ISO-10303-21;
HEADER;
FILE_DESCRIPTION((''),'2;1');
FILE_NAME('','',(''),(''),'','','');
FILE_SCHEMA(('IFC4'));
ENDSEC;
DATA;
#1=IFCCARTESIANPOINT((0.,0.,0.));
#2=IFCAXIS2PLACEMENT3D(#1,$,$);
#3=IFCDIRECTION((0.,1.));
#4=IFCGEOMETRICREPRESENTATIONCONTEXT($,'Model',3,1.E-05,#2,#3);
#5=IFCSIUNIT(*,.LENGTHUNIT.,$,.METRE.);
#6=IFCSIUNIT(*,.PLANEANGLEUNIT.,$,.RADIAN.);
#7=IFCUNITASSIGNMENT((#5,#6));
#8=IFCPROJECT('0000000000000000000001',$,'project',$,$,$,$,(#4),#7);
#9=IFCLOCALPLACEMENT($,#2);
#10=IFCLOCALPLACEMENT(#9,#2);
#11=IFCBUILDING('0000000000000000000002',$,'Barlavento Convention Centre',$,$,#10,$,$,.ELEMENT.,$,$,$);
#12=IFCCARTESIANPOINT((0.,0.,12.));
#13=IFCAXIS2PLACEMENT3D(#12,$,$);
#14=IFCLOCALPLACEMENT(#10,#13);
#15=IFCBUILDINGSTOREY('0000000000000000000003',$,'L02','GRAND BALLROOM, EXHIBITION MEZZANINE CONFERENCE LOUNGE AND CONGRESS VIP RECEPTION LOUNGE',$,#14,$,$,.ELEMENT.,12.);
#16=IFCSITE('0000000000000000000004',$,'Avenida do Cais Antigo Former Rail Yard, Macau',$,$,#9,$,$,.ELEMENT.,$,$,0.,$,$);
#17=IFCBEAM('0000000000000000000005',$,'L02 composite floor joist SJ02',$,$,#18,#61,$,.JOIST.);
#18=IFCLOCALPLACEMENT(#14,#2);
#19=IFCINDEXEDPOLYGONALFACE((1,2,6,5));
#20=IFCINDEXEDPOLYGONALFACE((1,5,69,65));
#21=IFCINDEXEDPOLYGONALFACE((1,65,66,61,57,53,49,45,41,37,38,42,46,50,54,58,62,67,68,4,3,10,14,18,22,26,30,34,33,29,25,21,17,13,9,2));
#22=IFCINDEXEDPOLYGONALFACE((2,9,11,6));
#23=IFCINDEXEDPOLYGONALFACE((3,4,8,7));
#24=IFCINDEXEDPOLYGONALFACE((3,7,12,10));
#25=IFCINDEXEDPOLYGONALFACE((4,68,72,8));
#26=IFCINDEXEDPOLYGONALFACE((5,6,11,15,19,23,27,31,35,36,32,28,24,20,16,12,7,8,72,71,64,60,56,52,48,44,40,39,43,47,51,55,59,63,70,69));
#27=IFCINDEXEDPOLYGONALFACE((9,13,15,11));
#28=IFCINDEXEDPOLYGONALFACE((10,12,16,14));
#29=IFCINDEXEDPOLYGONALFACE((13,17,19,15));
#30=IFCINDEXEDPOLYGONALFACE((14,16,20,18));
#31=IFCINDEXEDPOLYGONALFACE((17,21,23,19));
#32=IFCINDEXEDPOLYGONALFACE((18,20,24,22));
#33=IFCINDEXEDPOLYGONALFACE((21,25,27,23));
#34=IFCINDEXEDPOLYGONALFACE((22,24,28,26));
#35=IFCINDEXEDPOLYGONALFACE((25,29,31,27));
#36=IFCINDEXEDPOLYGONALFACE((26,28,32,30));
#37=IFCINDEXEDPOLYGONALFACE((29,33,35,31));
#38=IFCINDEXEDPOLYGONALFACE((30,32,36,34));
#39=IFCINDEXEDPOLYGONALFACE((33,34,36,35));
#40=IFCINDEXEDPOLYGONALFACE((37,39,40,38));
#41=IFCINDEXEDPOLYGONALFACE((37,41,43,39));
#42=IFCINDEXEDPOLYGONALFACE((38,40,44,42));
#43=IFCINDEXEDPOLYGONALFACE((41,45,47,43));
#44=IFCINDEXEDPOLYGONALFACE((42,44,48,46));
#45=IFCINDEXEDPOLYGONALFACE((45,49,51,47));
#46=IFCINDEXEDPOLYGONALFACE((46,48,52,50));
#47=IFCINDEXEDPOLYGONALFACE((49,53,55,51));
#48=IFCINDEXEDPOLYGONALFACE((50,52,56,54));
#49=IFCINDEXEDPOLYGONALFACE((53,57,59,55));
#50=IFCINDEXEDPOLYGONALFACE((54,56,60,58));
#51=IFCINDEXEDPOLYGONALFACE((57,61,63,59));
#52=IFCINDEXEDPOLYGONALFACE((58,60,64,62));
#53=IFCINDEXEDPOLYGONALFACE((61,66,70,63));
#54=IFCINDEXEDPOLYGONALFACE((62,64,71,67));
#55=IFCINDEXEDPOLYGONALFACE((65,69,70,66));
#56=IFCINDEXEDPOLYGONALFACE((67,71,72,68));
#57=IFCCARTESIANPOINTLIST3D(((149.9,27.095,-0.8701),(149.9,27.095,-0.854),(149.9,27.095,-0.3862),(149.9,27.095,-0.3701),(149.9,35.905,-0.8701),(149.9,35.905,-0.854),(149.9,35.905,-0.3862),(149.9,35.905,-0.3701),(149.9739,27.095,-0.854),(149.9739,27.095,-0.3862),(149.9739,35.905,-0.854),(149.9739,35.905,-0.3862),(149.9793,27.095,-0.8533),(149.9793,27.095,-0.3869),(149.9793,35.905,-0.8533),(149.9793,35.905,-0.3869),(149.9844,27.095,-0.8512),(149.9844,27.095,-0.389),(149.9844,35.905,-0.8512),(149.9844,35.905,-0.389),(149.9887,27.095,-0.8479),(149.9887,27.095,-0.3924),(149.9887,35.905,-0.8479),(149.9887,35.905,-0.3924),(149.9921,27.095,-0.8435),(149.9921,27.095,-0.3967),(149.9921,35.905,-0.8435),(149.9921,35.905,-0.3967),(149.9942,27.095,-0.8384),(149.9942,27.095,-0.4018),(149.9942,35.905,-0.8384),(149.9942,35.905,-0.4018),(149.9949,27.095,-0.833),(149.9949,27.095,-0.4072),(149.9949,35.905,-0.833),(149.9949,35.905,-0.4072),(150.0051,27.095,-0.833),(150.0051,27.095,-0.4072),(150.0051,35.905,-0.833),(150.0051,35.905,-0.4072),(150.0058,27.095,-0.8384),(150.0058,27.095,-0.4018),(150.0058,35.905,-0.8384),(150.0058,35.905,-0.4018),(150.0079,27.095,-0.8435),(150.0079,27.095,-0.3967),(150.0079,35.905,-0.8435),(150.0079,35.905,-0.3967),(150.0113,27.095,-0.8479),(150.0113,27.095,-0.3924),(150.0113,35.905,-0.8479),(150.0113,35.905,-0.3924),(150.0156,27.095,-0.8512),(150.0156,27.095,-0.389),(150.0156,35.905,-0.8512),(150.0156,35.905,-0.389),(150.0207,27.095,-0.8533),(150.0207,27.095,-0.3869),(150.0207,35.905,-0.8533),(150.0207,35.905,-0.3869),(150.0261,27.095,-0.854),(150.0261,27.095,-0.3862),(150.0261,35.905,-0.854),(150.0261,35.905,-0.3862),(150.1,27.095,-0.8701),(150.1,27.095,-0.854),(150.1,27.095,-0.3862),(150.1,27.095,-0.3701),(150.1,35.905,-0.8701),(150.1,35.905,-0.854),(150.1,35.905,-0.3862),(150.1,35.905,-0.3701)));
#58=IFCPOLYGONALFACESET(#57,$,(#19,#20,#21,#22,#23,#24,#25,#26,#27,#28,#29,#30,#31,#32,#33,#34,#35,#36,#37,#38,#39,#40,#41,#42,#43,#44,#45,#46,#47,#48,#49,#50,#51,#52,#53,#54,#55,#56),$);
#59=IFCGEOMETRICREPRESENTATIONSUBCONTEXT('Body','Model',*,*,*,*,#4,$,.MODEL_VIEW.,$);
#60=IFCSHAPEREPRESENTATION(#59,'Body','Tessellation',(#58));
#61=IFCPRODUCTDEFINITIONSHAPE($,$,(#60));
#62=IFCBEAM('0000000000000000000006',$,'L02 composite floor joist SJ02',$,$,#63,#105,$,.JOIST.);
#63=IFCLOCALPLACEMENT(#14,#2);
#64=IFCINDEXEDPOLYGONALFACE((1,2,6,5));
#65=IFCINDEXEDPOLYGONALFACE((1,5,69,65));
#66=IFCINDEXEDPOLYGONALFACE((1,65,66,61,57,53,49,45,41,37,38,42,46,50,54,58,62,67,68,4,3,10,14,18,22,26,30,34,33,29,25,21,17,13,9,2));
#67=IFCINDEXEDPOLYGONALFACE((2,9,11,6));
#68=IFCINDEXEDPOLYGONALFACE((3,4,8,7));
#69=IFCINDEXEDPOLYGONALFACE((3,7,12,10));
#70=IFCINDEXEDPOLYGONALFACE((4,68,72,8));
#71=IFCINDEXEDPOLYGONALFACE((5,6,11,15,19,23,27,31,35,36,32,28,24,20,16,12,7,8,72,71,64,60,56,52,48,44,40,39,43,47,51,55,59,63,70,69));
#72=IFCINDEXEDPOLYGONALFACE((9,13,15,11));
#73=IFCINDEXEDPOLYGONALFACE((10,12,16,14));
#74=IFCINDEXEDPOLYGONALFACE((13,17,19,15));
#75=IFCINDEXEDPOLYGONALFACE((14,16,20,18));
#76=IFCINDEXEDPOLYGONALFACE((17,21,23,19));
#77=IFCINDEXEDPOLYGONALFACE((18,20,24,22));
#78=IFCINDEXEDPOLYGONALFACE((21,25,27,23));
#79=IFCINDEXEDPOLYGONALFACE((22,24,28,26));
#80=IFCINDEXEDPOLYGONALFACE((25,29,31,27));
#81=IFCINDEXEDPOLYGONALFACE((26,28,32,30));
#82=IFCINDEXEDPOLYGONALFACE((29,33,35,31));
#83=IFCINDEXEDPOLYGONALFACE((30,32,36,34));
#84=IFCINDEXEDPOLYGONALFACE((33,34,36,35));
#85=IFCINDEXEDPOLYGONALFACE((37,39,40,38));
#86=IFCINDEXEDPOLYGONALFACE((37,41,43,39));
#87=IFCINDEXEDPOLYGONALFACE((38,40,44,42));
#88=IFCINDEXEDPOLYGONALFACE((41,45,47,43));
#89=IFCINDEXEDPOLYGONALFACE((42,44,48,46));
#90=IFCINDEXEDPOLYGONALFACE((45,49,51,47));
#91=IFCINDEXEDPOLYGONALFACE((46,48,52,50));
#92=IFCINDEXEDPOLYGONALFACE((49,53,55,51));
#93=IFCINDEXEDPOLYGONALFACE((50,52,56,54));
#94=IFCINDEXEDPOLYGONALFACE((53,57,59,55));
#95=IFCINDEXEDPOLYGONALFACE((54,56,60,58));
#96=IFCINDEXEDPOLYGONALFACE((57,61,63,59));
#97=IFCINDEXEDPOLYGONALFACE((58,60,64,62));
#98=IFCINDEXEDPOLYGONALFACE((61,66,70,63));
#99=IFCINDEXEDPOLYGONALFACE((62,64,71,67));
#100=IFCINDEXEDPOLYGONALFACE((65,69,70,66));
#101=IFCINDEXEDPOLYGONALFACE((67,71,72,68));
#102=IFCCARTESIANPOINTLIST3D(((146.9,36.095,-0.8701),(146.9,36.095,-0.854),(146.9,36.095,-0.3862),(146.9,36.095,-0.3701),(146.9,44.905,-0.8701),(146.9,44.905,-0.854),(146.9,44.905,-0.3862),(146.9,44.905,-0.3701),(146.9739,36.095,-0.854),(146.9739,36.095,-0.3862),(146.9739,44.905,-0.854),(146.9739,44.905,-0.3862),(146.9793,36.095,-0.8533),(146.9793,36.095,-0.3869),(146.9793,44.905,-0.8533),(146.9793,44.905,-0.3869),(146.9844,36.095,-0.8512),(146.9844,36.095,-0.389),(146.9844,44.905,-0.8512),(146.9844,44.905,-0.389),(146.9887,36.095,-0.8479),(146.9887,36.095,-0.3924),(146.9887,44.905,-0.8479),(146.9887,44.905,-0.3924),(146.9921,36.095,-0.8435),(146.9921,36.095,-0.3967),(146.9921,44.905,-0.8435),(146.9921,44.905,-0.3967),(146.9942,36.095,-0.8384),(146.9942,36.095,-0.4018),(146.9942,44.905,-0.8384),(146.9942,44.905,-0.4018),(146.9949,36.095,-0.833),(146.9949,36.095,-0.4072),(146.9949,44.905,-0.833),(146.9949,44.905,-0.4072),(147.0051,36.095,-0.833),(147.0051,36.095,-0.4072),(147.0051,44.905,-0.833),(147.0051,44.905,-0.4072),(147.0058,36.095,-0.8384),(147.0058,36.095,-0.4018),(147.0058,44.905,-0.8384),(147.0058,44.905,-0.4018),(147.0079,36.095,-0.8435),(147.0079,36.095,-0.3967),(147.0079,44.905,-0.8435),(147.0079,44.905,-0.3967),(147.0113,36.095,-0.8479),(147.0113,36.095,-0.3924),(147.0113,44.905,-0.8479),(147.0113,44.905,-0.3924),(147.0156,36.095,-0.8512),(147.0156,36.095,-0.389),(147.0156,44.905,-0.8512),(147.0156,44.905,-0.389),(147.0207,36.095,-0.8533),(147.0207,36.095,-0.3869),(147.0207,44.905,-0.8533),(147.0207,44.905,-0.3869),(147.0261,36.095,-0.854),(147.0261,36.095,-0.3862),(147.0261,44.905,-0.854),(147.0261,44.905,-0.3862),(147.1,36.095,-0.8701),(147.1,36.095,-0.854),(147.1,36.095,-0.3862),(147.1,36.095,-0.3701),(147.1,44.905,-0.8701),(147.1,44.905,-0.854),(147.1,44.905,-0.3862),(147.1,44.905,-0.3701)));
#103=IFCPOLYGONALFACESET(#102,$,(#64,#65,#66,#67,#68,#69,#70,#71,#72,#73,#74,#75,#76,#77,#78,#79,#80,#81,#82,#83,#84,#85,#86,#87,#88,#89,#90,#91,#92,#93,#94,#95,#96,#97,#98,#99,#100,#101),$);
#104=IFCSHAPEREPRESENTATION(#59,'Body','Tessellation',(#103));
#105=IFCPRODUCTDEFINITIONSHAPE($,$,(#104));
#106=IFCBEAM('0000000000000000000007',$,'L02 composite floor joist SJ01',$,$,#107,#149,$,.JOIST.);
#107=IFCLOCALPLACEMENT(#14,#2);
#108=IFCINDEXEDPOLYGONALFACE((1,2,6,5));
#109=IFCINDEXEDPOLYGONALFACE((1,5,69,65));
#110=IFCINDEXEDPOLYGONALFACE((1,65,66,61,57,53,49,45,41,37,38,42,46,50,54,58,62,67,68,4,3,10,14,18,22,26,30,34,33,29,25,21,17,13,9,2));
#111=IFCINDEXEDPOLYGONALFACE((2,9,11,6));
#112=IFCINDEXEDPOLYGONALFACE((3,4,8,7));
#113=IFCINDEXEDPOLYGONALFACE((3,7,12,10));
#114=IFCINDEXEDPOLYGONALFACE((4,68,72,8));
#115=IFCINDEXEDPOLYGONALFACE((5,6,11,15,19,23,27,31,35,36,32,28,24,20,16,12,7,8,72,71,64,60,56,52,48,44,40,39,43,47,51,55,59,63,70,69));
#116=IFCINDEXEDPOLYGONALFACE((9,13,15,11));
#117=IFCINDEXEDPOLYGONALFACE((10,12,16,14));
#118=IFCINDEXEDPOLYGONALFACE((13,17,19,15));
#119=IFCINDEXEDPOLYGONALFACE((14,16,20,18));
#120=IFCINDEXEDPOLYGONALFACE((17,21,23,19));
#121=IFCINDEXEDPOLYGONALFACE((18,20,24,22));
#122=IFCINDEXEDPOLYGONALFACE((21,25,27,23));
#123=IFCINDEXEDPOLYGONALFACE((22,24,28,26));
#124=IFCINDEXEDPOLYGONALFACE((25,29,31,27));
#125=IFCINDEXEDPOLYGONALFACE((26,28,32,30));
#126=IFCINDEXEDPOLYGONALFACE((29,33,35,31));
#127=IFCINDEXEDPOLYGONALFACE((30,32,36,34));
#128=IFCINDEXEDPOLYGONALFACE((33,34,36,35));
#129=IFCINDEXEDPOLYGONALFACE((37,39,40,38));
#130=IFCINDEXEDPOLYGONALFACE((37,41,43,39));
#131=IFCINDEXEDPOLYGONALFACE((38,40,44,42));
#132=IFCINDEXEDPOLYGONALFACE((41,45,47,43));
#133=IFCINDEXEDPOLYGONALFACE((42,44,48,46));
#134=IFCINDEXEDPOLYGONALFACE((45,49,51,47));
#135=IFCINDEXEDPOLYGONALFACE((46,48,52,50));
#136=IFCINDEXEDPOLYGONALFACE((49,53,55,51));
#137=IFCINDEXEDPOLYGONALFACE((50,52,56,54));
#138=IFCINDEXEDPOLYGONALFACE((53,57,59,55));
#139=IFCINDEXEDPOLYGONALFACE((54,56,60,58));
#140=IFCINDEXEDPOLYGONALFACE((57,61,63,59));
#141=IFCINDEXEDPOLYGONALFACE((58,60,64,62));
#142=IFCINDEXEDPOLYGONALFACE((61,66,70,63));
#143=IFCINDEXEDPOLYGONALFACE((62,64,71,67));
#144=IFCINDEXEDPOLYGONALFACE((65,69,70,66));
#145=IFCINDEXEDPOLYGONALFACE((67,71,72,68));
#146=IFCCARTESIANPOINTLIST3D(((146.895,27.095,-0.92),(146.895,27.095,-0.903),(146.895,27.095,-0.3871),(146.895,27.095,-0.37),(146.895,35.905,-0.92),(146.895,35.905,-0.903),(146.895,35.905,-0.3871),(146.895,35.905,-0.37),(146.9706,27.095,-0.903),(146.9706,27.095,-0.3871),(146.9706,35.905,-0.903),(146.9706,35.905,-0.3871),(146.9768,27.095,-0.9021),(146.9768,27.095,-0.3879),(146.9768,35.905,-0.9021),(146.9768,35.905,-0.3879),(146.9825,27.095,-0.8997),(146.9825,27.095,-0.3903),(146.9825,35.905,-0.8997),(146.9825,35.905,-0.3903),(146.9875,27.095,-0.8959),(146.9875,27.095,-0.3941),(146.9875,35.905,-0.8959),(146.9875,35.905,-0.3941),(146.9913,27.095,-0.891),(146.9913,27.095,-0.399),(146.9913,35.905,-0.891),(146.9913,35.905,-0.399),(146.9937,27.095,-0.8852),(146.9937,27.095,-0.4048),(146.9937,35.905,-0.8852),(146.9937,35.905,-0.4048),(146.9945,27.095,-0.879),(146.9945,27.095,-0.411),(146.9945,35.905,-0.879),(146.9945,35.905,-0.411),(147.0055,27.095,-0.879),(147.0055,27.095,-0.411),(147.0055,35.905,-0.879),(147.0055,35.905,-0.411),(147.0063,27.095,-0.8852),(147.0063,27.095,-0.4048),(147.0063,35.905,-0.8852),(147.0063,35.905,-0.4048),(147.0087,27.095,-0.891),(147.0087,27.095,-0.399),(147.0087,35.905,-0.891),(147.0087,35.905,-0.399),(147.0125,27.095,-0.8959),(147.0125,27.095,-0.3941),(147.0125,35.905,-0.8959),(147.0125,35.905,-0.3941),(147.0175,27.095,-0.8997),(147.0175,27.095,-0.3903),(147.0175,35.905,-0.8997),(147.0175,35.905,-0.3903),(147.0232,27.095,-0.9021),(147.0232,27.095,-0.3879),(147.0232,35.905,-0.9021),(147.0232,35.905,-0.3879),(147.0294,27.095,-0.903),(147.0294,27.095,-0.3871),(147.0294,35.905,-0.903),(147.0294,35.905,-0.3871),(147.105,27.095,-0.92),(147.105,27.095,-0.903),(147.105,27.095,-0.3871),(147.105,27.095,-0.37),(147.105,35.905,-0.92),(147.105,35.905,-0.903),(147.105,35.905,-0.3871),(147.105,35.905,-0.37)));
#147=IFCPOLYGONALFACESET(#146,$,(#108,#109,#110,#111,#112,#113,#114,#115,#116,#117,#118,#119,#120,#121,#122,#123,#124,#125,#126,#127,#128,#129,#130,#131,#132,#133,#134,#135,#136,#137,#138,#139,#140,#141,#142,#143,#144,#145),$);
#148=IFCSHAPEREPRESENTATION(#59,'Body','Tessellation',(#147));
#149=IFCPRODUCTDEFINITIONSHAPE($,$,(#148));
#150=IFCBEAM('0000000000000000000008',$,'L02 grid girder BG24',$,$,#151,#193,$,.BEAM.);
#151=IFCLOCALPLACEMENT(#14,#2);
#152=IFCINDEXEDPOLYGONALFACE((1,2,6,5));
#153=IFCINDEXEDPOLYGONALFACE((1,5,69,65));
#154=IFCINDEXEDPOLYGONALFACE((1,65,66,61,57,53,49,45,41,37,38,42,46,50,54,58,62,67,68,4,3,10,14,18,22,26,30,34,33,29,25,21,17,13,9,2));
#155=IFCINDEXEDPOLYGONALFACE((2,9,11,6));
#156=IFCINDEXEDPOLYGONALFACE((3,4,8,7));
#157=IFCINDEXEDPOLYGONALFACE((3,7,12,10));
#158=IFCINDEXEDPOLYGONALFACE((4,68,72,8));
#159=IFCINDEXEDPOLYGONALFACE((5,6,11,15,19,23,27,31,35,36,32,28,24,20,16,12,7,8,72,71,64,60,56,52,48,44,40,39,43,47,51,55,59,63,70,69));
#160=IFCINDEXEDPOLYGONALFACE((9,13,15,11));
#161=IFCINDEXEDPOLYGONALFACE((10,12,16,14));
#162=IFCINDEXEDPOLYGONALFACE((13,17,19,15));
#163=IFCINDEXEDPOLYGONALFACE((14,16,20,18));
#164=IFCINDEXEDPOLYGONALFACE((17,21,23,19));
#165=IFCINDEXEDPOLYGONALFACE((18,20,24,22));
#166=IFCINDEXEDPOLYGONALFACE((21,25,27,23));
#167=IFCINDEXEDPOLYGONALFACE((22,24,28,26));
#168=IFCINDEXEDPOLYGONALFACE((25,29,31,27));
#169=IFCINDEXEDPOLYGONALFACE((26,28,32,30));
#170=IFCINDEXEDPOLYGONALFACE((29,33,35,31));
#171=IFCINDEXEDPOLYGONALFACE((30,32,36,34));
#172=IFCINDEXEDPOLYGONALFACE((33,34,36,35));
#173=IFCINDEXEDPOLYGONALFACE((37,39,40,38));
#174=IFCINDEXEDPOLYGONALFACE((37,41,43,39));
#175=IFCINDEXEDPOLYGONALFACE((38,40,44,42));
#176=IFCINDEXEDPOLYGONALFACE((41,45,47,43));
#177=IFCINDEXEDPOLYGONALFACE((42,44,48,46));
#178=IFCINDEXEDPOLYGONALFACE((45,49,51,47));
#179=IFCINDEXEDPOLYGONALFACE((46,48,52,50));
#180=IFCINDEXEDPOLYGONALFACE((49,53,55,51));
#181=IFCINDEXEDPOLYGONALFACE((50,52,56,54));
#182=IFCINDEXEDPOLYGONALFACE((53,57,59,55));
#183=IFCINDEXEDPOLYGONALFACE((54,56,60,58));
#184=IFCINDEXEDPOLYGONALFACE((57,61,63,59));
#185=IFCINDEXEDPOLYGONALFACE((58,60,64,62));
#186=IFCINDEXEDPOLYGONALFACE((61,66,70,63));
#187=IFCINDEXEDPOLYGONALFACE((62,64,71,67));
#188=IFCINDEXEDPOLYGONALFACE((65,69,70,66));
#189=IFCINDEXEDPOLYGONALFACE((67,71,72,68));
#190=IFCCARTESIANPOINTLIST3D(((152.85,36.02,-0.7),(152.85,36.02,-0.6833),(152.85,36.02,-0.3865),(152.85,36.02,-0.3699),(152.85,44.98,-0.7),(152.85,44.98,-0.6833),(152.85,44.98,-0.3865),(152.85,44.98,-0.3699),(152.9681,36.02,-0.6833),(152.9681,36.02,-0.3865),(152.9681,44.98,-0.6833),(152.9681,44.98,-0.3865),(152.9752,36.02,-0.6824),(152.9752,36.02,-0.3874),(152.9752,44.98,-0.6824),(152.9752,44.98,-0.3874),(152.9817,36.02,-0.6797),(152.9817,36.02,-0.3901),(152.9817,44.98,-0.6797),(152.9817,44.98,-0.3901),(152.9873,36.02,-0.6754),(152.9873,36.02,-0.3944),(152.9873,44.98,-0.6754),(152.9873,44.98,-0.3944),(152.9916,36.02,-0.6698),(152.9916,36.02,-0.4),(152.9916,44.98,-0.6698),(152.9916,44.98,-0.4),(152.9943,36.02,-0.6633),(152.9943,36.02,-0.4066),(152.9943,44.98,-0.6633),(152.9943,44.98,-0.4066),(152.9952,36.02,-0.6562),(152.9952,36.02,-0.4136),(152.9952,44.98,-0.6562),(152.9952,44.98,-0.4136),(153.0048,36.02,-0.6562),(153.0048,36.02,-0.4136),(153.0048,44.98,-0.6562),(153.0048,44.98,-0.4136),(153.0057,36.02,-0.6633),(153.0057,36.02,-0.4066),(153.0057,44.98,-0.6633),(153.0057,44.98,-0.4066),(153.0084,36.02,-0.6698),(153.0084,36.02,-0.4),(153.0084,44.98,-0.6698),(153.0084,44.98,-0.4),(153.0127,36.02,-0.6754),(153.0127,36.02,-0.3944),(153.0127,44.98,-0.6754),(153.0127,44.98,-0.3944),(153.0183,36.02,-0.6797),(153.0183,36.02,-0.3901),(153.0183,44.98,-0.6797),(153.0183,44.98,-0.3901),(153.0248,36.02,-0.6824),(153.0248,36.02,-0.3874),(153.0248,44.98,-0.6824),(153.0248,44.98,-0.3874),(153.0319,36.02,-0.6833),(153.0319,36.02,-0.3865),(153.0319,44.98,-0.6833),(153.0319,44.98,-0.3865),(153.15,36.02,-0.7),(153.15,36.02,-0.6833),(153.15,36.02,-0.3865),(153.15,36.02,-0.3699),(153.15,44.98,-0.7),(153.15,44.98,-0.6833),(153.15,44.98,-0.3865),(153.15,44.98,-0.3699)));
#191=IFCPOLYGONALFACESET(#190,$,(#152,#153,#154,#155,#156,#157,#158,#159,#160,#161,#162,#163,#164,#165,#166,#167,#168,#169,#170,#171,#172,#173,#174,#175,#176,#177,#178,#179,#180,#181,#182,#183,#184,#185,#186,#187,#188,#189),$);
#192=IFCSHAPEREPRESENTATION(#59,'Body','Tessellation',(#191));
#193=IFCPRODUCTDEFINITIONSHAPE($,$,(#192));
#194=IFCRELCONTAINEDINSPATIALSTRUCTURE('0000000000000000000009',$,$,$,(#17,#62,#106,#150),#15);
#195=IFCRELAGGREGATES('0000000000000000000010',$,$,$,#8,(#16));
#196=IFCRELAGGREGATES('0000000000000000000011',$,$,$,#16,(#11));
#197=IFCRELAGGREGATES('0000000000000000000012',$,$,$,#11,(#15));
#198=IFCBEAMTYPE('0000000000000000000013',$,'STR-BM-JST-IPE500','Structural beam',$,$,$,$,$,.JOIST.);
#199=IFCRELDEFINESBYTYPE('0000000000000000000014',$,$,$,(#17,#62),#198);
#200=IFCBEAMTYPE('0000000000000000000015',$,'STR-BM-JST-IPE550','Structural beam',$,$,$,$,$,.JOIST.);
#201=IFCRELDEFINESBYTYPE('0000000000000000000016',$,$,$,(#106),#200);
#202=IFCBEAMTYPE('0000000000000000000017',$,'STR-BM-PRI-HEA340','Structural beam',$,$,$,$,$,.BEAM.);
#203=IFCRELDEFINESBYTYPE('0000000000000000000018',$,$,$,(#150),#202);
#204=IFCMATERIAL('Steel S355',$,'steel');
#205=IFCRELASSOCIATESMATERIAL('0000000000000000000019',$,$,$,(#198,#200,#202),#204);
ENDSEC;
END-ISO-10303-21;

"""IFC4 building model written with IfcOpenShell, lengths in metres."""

from ifc_helpers import new_model, si_unit, direction, frame, origin, origin_2d, place, context, subcontext, project, spatial, i_section, extrude, material, material_profile, profile_set, type_object, element, save


model = new_model("IFC4")

# Units and contexts
model_context = context("Model", 3, precision=1e-05, world=origin(), true_north=direction((0.0, 1.0)))
body_context = subcontext(model_context, "Body", "Model", "MODEL_VIEW")
ifc_project = project(units=[si_unit("LENGTHUNIT", "METRE"), si_unit("PLANEANGLEUNIT", "RADIAN")], contexts=[model_context])

# Site, building, storey
site_placement = place(None, origin())
site = spatial("IfcSite", under=ifc_project, at=site_placement, Name="Avenida do Cais Antigo Former Rail Yard, Macau", CompositionType="ELEMENT", RefElevation=0.0)
building_placement = place(site_placement, origin())
building = spatial("IfcBuilding", under=site, at=building_placement, Name="Barlavento Convention Centre", CompositionType="ELEMENT")
storey_placement = place(building_placement, frame((0.0, 0.0, 12.0)))
storey = spatial("IfcBuildingStorey", under=building, at=storey_placement, Name="L02", Description="GRAND BALLROOM, EXHIBITION MEZZANINE CONFERENCE LOUNGE AND CONGRESS VIP RECEPTION LOUNGE", CompositionType="ELEMENT", Elevation=12.0)

# Shared definitions
ifc_material_1 = material(Name="Steel S355", Category="steel")

# Beams
ifc_material_profile_1 = material_profile(ifc_material_1, i_section(OverallWidth=0.2, OverallDepth=0.5, WebThickness=0.0103, FlangeThickness=0.0161, FilletRadius=0.021, at=origin_2d()), Name="IPE 500")
ifc_profile_set_1 = profile_set([ifc_material_profile_1], Name="Steel S355")
beam_type_1 = type_object("IfcBeamType", Name="STR-BM-JST-IPE500", Description="Structural beam", PredefinedType="JOIST", material=ifc_profile_set_1)
for number, where, z_axis, x_axis, name in (
    (1, (150.0, 27.095, -0.6201), (0.0, 1.0, 0.0), (-1.0, 0.0, 0.0), "L02 composite floor joist SJ02"),
    (2, (147.0, 36.095, -0.6201), (0.0, 1.0, 0.0), (-1.0, 0.0, 0.0), "L02 composite floor joist SJ02"),
):
    element("IfcBeam", number, at=place(storey_placement, frame(where, z_axis=z_axis, x_axis=x_axis)), inside=storey, type_object=beam_type_1, Name=name, PredefinedType="JOIST", context=body_context, shape_type="SweptSolid", body=[
        extrude(i_section(OverallWidth=0.2, OverallDepth=0.5, WebThickness=0.0103, FlangeThickness=0.0161, FilletRadius=0.021, at=origin_2d()), origin(), (0.0, 0.0, 1.0), 8.8101),
    ])
ifc_material_profile_2 = material_profile(ifc_material_1, i_section(OverallWidth=0.21, OverallDepth=0.55, WebThickness=0.011, FlangeThickness=0.0171, FilletRadius=0.0239, at=origin_2d()), Name="IPE 550")
ifc_profile_set_2 = profile_set([ifc_material_profile_2], Name="Steel S355")
beam_type_2 = type_object("IfcBeamType", Name="STR-BM-JST-IPE550", Description="Structural beam", PredefinedType="JOIST", material=ifc_profile_set_2)
beam_1_placement = place(storey_placement, frame((147.0, 27.095, -0.645), z_axis=(0.0, 1.0, 0.0), x_axis=(-1.0, 0.0, 0.0)))
element("IfcBeam", 3, at=beam_1_placement, inside=storey, type_object=beam_type_2, Name="L02 composite floor joist SJ01", PredefinedType="JOIST", context=body_context, shape_type="SweptSolid", body=[
    extrude(i_section(OverallWidth=0.21, OverallDepth=0.55, WebThickness=0.011, FlangeThickness=0.0171, FilletRadius=0.0239, at=origin_2d()), origin(), (0.0, 0.0, 1.0), 8.8101),
])
ifc_material_profile_3 = material_profile(ifc_material_1, i_section(OverallWidth=0.3, OverallDepth=0.3301, WebThickness=0.0095, FlangeThickness=0.0166, FilletRadius=0.0271, at=origin_2d()), Name="HEA 340")
ifc_profile_set_3 = profile_set([ifc_material_profile_3], Name="Steel S355")
beam_type_3 = type_object("IfcBeamType", Name="STR-BM-PRI-HEA340", Description="Structural beam", PredefinedType="BEAM", material=ifc_profile_set_3)
beam_2_placement = place(storey_placement, frame((153.0, 36.02, -0.5349), z_axis=(0.0, 1.0, 0.0), x_axis=(-1.0, 0.0, 0.0)))
element("IfcBeam", 4, at=beam_2_placement, inside=storey, type_object=beam_type_3, Name="L02 grid girder BG24", PredefinedType="BEAM", context=body_context, shape_type="SweptSolid", body=[
    extrude(i_section(OverallWidth=0.3, OverallDepth=0.3301, WebThickness=0.0095, FlangeThickness=0.0166, FilletRadius=0.0271, at=origin_2d()), origin(), (0.0, 0.0, 1.0), 8.96),
])

save(model, "model.ifc")
